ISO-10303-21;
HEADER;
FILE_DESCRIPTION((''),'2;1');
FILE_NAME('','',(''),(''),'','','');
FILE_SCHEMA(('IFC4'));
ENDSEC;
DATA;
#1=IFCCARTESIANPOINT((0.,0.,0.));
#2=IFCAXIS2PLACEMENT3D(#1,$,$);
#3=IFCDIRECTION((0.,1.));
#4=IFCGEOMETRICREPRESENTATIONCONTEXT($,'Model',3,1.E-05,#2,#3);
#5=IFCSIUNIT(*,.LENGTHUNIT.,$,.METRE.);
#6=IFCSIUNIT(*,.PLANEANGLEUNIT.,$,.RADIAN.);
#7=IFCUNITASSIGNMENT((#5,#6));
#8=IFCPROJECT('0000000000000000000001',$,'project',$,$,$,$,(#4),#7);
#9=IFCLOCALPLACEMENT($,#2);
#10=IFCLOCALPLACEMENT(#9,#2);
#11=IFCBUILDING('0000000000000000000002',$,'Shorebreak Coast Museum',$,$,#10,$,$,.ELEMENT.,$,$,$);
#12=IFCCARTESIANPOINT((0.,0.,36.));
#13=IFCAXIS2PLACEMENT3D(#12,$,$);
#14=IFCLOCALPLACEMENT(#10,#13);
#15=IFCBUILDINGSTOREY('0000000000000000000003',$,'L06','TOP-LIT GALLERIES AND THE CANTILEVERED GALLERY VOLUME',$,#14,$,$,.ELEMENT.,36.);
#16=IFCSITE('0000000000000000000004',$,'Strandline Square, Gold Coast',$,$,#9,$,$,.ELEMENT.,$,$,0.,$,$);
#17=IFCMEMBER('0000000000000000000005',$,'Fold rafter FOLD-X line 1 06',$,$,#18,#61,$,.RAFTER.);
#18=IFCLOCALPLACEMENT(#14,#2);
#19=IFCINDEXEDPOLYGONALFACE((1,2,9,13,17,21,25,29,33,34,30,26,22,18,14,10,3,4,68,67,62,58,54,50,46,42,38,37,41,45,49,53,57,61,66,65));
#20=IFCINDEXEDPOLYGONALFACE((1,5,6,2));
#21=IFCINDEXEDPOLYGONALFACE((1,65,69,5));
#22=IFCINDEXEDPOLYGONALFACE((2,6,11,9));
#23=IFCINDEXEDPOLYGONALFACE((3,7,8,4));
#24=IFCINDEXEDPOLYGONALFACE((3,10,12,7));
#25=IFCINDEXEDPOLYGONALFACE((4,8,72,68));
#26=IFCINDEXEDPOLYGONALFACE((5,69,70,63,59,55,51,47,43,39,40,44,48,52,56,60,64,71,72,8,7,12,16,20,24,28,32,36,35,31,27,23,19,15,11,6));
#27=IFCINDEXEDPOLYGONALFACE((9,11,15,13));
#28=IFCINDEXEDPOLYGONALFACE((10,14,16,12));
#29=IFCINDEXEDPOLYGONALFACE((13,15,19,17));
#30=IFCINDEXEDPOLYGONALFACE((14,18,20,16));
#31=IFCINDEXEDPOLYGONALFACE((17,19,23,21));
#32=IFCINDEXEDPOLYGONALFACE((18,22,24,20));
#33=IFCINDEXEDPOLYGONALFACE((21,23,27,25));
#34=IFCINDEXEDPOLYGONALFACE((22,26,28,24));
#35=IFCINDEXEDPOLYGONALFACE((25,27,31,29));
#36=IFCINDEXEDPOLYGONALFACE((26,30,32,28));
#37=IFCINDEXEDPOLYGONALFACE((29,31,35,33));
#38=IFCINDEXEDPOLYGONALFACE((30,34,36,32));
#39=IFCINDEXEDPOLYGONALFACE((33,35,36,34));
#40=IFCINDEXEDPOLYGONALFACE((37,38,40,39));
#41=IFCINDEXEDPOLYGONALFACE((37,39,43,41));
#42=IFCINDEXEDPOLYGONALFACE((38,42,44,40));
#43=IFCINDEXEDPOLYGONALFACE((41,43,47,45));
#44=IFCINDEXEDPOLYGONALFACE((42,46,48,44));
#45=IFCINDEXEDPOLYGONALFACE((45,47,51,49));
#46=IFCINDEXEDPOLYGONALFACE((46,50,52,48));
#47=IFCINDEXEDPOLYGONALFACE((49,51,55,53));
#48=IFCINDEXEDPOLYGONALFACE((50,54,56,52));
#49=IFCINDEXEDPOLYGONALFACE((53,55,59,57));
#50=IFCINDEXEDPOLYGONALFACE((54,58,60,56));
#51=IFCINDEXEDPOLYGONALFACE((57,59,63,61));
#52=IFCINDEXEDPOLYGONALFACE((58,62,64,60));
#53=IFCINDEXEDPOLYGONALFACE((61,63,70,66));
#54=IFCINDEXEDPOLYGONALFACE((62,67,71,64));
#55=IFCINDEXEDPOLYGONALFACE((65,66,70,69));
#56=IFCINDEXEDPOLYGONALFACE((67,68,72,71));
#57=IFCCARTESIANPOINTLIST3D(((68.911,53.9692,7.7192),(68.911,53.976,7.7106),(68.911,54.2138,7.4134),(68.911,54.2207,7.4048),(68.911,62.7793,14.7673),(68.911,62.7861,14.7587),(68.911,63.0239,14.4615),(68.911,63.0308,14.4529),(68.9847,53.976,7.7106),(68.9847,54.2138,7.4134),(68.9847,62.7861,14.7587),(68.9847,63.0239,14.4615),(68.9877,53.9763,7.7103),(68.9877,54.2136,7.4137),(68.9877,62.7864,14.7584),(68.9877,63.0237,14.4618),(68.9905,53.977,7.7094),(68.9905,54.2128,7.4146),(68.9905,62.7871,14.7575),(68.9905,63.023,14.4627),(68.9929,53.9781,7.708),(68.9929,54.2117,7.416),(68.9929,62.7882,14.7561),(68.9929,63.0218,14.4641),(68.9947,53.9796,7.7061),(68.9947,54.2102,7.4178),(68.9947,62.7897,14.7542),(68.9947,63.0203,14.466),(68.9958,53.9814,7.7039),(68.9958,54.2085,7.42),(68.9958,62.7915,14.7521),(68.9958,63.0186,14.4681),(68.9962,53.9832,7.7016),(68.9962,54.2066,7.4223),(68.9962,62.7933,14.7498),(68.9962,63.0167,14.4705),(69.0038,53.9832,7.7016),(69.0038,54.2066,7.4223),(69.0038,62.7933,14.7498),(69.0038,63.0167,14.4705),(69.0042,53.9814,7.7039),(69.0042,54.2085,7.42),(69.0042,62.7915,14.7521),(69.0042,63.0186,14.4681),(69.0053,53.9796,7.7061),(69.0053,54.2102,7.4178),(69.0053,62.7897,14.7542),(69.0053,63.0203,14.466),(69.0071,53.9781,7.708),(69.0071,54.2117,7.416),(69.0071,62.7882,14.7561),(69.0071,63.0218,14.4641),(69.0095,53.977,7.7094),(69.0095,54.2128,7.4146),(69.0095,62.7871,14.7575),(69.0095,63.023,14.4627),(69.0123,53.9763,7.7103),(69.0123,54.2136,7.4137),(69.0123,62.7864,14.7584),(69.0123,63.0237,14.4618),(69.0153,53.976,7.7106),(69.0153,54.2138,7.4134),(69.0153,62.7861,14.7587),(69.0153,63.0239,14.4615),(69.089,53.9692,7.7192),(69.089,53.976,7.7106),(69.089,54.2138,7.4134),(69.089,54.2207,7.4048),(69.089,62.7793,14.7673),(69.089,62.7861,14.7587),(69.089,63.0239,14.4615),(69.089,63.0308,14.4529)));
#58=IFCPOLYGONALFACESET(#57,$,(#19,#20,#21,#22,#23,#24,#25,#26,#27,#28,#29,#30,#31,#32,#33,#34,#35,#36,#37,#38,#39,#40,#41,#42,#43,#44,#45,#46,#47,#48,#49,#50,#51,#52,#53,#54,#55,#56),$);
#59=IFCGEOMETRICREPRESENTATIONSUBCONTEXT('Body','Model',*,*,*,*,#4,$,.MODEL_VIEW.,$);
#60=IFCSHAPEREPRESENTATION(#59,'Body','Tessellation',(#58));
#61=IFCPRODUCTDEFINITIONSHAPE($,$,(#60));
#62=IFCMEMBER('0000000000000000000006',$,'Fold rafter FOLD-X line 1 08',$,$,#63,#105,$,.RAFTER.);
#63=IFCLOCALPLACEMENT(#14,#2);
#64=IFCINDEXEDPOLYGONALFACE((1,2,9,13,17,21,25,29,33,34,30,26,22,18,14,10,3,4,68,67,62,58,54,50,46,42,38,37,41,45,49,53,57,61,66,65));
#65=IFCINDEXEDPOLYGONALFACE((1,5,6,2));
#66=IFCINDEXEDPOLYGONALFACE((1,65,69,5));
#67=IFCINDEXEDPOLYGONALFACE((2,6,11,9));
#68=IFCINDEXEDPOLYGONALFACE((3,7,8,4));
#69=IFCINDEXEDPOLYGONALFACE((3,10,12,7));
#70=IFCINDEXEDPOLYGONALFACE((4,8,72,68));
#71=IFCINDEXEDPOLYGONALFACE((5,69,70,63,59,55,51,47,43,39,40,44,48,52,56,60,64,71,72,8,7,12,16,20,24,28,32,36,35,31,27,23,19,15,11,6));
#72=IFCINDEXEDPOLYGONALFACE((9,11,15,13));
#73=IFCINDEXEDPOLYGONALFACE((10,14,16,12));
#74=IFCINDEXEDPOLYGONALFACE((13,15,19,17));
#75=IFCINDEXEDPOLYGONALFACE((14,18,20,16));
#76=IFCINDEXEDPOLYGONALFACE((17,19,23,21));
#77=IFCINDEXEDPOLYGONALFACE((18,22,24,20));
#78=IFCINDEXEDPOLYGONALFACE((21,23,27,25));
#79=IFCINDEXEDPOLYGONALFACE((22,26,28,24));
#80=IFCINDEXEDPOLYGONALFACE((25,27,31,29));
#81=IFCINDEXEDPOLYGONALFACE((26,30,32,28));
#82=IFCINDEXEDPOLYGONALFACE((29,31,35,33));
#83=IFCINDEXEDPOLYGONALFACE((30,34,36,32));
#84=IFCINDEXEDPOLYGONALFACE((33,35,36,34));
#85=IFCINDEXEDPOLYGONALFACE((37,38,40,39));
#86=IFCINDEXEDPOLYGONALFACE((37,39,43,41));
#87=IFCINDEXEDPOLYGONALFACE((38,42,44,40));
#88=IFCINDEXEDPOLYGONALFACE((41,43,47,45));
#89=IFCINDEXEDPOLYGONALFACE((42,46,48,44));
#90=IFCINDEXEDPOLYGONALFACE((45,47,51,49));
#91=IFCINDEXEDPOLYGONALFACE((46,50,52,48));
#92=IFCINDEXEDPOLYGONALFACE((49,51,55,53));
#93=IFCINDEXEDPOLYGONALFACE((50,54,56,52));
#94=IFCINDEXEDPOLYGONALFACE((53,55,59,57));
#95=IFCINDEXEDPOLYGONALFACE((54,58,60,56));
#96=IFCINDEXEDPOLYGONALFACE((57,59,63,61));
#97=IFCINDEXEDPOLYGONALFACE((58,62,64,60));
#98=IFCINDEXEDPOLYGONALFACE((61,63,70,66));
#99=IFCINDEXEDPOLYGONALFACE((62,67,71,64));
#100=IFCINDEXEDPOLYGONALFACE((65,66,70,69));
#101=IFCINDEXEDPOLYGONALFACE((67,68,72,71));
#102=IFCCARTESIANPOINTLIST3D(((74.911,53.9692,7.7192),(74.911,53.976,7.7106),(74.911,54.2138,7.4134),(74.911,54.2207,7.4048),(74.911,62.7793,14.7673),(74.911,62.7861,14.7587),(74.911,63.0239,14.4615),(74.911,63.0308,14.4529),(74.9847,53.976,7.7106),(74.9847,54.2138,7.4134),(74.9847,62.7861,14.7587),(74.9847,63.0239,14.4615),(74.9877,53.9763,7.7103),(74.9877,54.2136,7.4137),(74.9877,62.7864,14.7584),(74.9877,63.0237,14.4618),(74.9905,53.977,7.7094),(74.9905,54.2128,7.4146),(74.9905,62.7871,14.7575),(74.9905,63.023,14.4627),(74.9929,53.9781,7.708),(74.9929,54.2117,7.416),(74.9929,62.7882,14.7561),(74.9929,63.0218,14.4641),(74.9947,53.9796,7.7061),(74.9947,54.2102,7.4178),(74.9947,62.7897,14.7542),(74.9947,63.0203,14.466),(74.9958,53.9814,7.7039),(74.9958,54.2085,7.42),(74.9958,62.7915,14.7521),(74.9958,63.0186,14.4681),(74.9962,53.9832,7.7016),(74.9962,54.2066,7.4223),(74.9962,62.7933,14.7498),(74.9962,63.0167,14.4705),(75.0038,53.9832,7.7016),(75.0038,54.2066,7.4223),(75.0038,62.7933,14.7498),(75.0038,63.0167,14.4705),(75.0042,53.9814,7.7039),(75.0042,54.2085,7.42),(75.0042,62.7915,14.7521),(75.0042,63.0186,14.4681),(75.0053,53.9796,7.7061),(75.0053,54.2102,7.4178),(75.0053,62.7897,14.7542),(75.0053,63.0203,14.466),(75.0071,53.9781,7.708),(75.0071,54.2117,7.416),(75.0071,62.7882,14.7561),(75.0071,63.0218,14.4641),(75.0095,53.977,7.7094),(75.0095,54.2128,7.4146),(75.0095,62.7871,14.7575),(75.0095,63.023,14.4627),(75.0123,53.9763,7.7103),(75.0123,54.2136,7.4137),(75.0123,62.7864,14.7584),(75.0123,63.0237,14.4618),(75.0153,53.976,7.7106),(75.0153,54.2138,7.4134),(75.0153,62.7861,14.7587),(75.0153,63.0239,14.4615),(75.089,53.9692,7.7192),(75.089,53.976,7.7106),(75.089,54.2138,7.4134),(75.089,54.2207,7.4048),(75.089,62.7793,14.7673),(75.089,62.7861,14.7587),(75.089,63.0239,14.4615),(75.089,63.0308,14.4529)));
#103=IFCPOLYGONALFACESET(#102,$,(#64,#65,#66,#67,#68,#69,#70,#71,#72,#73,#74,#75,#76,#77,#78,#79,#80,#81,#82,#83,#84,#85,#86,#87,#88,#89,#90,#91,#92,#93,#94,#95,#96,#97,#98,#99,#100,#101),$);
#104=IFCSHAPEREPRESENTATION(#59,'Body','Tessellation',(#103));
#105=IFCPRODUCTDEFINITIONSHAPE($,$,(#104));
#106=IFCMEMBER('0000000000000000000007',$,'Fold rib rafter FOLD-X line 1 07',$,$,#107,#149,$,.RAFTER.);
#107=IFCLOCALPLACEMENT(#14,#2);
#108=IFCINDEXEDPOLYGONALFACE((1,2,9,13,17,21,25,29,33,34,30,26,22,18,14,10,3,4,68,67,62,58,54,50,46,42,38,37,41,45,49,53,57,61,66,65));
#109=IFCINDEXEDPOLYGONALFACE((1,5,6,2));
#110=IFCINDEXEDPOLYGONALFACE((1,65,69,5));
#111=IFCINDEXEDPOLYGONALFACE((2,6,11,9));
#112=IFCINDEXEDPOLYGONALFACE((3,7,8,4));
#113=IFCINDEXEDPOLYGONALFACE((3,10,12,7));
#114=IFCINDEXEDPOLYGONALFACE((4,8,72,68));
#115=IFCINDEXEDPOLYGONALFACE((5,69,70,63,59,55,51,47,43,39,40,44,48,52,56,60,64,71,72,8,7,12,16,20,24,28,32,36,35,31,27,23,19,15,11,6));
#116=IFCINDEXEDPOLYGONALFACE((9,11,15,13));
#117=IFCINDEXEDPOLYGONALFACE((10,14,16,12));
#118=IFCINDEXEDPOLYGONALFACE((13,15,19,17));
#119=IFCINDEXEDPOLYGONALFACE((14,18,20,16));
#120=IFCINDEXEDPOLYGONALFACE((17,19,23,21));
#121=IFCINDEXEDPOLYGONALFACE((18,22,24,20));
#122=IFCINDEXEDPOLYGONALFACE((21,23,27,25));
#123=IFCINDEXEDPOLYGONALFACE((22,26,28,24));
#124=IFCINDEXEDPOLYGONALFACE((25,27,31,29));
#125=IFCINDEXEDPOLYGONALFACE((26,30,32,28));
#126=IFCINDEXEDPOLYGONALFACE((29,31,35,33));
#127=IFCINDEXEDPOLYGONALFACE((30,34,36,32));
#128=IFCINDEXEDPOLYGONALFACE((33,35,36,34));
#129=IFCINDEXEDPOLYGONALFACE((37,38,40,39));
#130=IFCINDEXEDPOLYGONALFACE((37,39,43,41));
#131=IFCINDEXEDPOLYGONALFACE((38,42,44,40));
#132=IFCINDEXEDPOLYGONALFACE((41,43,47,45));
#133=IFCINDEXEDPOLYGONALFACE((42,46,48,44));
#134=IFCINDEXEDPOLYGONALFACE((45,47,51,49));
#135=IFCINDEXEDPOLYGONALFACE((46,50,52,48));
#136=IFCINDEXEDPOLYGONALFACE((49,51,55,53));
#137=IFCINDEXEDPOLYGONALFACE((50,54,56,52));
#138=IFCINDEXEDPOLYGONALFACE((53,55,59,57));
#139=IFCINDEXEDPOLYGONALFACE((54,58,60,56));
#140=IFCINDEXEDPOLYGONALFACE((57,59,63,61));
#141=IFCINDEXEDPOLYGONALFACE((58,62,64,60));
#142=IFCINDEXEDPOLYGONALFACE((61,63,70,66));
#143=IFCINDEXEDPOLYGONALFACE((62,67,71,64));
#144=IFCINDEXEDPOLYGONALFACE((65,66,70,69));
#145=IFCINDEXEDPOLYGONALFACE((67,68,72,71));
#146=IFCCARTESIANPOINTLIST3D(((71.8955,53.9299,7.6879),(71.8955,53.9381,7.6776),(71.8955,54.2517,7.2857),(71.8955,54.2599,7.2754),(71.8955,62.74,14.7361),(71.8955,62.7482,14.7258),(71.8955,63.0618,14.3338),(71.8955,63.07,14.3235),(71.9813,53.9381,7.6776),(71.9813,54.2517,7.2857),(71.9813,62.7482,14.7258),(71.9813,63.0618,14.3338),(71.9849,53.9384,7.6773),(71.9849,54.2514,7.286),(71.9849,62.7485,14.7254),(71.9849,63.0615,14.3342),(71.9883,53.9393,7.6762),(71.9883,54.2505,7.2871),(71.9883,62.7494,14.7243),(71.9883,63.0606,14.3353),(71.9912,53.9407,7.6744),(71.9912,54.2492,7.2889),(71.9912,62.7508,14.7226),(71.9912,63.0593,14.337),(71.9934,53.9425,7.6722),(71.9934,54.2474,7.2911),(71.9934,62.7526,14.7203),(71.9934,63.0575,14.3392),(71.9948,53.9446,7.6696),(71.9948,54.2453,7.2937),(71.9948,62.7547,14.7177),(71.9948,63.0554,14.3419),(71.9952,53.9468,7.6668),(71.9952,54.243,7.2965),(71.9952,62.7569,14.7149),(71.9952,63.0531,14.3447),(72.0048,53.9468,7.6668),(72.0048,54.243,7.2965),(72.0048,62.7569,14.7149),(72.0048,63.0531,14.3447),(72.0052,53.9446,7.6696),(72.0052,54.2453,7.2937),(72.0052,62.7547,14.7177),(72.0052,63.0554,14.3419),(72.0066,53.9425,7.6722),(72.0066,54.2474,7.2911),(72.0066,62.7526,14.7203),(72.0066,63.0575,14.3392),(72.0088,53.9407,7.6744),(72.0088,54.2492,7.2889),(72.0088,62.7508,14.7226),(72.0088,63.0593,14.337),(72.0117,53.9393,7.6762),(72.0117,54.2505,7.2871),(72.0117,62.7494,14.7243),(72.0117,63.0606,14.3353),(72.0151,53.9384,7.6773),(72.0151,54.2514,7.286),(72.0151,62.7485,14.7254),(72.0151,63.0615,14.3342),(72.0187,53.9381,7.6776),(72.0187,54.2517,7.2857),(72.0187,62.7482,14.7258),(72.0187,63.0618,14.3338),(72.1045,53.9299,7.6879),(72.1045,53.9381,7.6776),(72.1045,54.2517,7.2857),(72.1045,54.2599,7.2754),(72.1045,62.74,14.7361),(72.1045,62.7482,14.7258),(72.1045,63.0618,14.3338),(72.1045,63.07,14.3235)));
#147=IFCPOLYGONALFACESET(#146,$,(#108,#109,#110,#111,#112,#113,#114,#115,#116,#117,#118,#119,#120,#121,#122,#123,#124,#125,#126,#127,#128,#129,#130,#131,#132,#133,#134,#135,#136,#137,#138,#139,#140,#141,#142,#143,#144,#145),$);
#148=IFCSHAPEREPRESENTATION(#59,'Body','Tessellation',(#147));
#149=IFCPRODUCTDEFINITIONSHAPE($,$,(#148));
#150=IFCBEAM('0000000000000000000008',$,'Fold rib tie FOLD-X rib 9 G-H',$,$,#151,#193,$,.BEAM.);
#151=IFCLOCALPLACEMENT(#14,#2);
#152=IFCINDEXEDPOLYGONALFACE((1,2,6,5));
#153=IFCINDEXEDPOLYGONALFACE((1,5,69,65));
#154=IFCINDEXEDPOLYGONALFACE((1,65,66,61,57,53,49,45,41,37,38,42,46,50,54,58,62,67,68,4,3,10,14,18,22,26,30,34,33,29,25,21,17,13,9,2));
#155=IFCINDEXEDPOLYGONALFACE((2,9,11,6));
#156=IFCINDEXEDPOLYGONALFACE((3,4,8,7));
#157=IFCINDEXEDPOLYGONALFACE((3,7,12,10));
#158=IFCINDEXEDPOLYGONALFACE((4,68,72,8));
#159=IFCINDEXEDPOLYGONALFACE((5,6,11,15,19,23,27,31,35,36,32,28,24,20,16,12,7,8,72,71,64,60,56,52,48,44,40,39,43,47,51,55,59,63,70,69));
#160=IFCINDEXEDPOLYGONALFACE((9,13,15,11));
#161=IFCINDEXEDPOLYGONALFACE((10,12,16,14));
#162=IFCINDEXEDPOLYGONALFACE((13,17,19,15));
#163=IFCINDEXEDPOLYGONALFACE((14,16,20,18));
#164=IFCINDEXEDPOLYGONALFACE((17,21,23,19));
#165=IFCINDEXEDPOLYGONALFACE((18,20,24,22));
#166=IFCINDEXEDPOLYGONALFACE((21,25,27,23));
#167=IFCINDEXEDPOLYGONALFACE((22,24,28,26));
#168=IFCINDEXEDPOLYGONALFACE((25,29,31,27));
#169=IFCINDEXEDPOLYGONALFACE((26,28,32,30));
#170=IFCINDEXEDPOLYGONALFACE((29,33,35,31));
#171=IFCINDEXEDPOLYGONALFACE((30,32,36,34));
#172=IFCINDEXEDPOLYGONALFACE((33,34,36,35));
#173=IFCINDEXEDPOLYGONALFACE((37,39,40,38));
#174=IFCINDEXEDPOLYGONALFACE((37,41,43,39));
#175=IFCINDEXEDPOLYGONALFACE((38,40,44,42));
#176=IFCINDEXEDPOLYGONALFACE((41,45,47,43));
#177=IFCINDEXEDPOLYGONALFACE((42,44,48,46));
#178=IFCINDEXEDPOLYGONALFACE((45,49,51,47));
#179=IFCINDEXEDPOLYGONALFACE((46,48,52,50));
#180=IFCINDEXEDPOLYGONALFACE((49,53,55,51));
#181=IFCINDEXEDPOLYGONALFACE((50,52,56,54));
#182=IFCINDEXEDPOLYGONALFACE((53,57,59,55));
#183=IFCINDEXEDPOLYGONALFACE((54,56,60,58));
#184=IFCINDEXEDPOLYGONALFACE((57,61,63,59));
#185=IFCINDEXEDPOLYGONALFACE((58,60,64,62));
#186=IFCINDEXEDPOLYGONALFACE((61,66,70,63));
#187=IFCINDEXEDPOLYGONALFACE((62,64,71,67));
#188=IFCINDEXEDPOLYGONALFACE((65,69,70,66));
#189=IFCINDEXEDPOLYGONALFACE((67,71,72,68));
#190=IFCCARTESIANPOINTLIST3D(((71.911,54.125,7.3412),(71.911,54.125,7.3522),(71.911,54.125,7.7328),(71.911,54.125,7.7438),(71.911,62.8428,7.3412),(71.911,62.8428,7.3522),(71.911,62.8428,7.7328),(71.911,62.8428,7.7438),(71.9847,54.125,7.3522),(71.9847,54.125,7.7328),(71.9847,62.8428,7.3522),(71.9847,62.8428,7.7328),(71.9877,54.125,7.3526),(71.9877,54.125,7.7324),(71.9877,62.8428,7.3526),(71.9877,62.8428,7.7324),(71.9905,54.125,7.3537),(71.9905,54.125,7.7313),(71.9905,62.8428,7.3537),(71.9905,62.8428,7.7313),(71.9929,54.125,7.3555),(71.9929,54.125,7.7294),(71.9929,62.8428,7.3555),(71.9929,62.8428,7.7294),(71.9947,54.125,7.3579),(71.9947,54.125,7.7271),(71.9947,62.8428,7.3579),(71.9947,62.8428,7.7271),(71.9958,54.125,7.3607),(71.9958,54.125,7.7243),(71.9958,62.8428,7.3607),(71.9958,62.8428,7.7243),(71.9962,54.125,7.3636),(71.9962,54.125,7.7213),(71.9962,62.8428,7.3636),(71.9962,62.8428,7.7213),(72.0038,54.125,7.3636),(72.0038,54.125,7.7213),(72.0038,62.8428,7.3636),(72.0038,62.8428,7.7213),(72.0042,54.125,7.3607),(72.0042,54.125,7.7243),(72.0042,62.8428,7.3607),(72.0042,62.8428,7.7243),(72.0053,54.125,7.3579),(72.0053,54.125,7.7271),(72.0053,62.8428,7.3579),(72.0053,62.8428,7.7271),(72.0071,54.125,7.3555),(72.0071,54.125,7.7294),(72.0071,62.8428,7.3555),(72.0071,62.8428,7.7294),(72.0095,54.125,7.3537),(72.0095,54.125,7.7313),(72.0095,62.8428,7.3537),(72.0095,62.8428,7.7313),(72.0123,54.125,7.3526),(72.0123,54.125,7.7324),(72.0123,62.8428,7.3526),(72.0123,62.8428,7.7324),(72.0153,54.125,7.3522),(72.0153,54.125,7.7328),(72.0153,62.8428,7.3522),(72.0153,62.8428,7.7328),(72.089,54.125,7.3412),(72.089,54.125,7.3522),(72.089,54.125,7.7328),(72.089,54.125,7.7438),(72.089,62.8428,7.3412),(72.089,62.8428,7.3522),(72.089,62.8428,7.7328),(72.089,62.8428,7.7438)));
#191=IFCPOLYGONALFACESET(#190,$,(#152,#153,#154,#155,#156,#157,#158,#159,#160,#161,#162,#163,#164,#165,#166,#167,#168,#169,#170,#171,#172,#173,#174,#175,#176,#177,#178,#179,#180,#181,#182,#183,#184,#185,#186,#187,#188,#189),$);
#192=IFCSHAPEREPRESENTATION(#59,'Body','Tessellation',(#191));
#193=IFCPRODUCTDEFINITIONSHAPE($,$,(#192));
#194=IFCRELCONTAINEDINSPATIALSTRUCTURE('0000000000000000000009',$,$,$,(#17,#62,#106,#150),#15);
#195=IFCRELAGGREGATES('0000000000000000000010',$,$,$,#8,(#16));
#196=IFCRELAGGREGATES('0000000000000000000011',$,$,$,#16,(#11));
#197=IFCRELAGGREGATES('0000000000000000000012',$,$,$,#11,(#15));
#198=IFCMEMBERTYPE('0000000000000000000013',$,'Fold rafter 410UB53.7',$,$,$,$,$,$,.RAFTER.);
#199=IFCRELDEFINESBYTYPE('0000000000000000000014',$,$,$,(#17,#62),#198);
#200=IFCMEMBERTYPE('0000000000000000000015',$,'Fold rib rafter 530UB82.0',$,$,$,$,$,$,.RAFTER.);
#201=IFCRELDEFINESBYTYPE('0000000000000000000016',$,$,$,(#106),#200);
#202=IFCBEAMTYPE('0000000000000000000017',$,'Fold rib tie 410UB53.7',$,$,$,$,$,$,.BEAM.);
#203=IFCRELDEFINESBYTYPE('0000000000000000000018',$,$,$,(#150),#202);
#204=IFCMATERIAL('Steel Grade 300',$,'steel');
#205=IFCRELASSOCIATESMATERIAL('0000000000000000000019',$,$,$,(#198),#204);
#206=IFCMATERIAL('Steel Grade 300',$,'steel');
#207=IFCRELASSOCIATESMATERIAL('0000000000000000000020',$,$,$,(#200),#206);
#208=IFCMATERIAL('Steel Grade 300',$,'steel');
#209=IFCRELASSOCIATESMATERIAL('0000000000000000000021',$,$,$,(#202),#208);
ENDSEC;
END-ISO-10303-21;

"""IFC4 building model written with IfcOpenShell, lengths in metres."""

from ifc_helpers import new_model, si_unit, direction, frame, origin, origin_2d, place, context, subcontext, project, spatial, i_section, extrude, material, material_profile, profile_set, type_object, element, save


model = new_model("IFC4")

# Units and contexts
model_context = context("Model", 3, precision=1e-05, world=origin(), true_north=direction((0.0, 1.0)))
body_context = subcontext(model_context, "Body", "Model", "MODEL_VIEW")
ifc_project = project(units=[si_unit("LENGTHUNIT", "METRE"), si_unit("PLANEANGLEUNIT", "RADIAN")], contexts=[model_context])

# Site, building, storey
site_placement = place(None, origin())
site = spatial("IfcSite", under=ifc_project, at=site_placement, Name="Strandline Square, Gold Coast", CompositionType="ELEMENT", RefElevation=0.0)
building_placement = place(site_placement, origin())
building = spatial("IfcBuilding", under=site, at=building_placement, Name="Shorebreak Coast Museum", CompositionType="ELEMENT")
storey_placement = place(building_placement, frame((0.0, 0.0, 36.0)))
storey = spatial("IfcBuildingStorey", under=building, at=storey_placement, Name="L06", Description="TOP-LIT GALLERIES AND THE CANTILEVERED GALLERY VOLUME", CompositionType="ELEMENT", Elevation=36.0)

# Members
ifc_material_1 = material(Name="Steel Grade 300", Category="steel")
ifc_material_profile_1 = material_profile(ifc_material_1, i_section(OverallWidth=0.178, OverallDepth=0.4026, WebThickness=0.0076, FlangeThickness=0.011, FilletRadius=0.0115, at=origin_2d()), Name="410UB53.7")
ifc_profile_set_1 = profile_set([ifc_material_profile_1], Name="Steel Grade 300")
member_type_1 = type_object("IfcMemberType", Name="Fold rafter 410UB53.7", PredefinedType="RAFTER", material=ifc_profile_set_1)
for number, where, z_axis, x_axis, name in (
    (1, (69.0, 62.905, 14.6101), (0.0, -0.780867, -0.624698), (1.0, 0.0, 0.0), "Fold rafter FOLD-X line 1 06"),
    (2, (75.0, 62.905, 14.6101), (0.0, -0.780867, -0.624698), (1.0, 0.0, 0.0), "Fold rafter FOLD-X line 1 08"),
):
    element("IfcMember", number, at=place(storey_placement, frame(where, z_axis=z_axis, x_axis=x_axis)), inside=storey, type_object=member_type_1, Name=name, PredefinedType="RAFTER", context=body_context, shape_type="SweptSolid", body=[
        extrude(i_section(OverallWidth=0.178, OverallDepth=0.4026, WebThickness=0.0076, FlangeThickness=0.011, FilletRadius=0.0115, at=origin_2d()), origin(), (0.0, 0.0, 1.0), 11.2825),
    ])
ifc_material_2 = material(Name="Steel Grade 300", Category="steel")
ifc_material_profile_2 = material_profile(ifc_material_2, i_section(OverallWidth=0.209, OverallDepth=0.5283, WebThickness=0.0095, FlangeThickness=0.0132, FilletRadius=0.0139, at=origin_2d()), Name="530UB82.0")
ifc_profile_set_2 = profile_set([ifc_material_profile_2], Name="Steel Grade 300")
member_type_2 = type_object("IfcMemberType", Name="Fold rib rafter 530UB82.0", PredefinedType="RAFTER", material=ifc_profile_set_2)
member_1_placement = place(storey_placement, frame((72.0, 62.905, 14.5298), z_axis=(0.0, -0.780867, -0.624698), x_axis=(1.0, 0.0, 0.0)))
element("IfcMember", 3, at=member_1_placement, inside=storey, type_object=member_type_2, Name="Fold rib rafter FOLD-X line 1 07", PredefinedType="RAFTER", context=body_context, shape_type="SweptSolid", body=[
    extrude(i_section(OverallWidth=0.209, OverallDepth=0.5283, WebThickness=0.0095, FlangeThickness=0.0132, FilletRadius=0.0139, at=origin_2d()), origin(), (0.0, 0.0, 1.0), 11.2825),
])

# Beam
ifc_material_3 = material(Name="Steel Grade 300", Category="steel")
ifc_material_profile_3 = material_profile(ifc_material_3, i_section(OverallWidth=0.178, OverallDepth=0.4026, WebThickness=0.0076, FlangeThickness=0.011, FilletRadius=0.0115, at=origin_2d()), Name="410UB53.7")
ifc_profile_set_3 = profile_set([ifc_material_profile_3], Name="Steel Grade 300")
beam_type_1 = type_object("IfcBeamType", Name="Fold rib tie 410UB53.7", PredefinedType="BEAM", material=ifc_profile_set_3)
beam_1_placement = place(storey_placement, frame((72.0, 54.125, 7.5425), z_axis=(0.0, 1.0, 0.0), x_axis=(-1.0, 0.0, 0.0)))
element("IfcBeam", 4, at=beam_1_placement, inside=storey, type_object=beam_type_1, Name="Fold rib tie FOLD-X rib 9 G-H", PredefinedType="BEAM", context=body_context, shape_type="SweptSolid", body=[
    extrude(i_section(OverallWidth=0.178, OverallDepth=0.4026, WebThickness=0.0076, FlangeThickness=0.011, FilletRadius=0.0115, at=origin_2d()), origin(), (0.0, 0.0, 1.0), 8.7178),
])

save(model, "model.ifc")
